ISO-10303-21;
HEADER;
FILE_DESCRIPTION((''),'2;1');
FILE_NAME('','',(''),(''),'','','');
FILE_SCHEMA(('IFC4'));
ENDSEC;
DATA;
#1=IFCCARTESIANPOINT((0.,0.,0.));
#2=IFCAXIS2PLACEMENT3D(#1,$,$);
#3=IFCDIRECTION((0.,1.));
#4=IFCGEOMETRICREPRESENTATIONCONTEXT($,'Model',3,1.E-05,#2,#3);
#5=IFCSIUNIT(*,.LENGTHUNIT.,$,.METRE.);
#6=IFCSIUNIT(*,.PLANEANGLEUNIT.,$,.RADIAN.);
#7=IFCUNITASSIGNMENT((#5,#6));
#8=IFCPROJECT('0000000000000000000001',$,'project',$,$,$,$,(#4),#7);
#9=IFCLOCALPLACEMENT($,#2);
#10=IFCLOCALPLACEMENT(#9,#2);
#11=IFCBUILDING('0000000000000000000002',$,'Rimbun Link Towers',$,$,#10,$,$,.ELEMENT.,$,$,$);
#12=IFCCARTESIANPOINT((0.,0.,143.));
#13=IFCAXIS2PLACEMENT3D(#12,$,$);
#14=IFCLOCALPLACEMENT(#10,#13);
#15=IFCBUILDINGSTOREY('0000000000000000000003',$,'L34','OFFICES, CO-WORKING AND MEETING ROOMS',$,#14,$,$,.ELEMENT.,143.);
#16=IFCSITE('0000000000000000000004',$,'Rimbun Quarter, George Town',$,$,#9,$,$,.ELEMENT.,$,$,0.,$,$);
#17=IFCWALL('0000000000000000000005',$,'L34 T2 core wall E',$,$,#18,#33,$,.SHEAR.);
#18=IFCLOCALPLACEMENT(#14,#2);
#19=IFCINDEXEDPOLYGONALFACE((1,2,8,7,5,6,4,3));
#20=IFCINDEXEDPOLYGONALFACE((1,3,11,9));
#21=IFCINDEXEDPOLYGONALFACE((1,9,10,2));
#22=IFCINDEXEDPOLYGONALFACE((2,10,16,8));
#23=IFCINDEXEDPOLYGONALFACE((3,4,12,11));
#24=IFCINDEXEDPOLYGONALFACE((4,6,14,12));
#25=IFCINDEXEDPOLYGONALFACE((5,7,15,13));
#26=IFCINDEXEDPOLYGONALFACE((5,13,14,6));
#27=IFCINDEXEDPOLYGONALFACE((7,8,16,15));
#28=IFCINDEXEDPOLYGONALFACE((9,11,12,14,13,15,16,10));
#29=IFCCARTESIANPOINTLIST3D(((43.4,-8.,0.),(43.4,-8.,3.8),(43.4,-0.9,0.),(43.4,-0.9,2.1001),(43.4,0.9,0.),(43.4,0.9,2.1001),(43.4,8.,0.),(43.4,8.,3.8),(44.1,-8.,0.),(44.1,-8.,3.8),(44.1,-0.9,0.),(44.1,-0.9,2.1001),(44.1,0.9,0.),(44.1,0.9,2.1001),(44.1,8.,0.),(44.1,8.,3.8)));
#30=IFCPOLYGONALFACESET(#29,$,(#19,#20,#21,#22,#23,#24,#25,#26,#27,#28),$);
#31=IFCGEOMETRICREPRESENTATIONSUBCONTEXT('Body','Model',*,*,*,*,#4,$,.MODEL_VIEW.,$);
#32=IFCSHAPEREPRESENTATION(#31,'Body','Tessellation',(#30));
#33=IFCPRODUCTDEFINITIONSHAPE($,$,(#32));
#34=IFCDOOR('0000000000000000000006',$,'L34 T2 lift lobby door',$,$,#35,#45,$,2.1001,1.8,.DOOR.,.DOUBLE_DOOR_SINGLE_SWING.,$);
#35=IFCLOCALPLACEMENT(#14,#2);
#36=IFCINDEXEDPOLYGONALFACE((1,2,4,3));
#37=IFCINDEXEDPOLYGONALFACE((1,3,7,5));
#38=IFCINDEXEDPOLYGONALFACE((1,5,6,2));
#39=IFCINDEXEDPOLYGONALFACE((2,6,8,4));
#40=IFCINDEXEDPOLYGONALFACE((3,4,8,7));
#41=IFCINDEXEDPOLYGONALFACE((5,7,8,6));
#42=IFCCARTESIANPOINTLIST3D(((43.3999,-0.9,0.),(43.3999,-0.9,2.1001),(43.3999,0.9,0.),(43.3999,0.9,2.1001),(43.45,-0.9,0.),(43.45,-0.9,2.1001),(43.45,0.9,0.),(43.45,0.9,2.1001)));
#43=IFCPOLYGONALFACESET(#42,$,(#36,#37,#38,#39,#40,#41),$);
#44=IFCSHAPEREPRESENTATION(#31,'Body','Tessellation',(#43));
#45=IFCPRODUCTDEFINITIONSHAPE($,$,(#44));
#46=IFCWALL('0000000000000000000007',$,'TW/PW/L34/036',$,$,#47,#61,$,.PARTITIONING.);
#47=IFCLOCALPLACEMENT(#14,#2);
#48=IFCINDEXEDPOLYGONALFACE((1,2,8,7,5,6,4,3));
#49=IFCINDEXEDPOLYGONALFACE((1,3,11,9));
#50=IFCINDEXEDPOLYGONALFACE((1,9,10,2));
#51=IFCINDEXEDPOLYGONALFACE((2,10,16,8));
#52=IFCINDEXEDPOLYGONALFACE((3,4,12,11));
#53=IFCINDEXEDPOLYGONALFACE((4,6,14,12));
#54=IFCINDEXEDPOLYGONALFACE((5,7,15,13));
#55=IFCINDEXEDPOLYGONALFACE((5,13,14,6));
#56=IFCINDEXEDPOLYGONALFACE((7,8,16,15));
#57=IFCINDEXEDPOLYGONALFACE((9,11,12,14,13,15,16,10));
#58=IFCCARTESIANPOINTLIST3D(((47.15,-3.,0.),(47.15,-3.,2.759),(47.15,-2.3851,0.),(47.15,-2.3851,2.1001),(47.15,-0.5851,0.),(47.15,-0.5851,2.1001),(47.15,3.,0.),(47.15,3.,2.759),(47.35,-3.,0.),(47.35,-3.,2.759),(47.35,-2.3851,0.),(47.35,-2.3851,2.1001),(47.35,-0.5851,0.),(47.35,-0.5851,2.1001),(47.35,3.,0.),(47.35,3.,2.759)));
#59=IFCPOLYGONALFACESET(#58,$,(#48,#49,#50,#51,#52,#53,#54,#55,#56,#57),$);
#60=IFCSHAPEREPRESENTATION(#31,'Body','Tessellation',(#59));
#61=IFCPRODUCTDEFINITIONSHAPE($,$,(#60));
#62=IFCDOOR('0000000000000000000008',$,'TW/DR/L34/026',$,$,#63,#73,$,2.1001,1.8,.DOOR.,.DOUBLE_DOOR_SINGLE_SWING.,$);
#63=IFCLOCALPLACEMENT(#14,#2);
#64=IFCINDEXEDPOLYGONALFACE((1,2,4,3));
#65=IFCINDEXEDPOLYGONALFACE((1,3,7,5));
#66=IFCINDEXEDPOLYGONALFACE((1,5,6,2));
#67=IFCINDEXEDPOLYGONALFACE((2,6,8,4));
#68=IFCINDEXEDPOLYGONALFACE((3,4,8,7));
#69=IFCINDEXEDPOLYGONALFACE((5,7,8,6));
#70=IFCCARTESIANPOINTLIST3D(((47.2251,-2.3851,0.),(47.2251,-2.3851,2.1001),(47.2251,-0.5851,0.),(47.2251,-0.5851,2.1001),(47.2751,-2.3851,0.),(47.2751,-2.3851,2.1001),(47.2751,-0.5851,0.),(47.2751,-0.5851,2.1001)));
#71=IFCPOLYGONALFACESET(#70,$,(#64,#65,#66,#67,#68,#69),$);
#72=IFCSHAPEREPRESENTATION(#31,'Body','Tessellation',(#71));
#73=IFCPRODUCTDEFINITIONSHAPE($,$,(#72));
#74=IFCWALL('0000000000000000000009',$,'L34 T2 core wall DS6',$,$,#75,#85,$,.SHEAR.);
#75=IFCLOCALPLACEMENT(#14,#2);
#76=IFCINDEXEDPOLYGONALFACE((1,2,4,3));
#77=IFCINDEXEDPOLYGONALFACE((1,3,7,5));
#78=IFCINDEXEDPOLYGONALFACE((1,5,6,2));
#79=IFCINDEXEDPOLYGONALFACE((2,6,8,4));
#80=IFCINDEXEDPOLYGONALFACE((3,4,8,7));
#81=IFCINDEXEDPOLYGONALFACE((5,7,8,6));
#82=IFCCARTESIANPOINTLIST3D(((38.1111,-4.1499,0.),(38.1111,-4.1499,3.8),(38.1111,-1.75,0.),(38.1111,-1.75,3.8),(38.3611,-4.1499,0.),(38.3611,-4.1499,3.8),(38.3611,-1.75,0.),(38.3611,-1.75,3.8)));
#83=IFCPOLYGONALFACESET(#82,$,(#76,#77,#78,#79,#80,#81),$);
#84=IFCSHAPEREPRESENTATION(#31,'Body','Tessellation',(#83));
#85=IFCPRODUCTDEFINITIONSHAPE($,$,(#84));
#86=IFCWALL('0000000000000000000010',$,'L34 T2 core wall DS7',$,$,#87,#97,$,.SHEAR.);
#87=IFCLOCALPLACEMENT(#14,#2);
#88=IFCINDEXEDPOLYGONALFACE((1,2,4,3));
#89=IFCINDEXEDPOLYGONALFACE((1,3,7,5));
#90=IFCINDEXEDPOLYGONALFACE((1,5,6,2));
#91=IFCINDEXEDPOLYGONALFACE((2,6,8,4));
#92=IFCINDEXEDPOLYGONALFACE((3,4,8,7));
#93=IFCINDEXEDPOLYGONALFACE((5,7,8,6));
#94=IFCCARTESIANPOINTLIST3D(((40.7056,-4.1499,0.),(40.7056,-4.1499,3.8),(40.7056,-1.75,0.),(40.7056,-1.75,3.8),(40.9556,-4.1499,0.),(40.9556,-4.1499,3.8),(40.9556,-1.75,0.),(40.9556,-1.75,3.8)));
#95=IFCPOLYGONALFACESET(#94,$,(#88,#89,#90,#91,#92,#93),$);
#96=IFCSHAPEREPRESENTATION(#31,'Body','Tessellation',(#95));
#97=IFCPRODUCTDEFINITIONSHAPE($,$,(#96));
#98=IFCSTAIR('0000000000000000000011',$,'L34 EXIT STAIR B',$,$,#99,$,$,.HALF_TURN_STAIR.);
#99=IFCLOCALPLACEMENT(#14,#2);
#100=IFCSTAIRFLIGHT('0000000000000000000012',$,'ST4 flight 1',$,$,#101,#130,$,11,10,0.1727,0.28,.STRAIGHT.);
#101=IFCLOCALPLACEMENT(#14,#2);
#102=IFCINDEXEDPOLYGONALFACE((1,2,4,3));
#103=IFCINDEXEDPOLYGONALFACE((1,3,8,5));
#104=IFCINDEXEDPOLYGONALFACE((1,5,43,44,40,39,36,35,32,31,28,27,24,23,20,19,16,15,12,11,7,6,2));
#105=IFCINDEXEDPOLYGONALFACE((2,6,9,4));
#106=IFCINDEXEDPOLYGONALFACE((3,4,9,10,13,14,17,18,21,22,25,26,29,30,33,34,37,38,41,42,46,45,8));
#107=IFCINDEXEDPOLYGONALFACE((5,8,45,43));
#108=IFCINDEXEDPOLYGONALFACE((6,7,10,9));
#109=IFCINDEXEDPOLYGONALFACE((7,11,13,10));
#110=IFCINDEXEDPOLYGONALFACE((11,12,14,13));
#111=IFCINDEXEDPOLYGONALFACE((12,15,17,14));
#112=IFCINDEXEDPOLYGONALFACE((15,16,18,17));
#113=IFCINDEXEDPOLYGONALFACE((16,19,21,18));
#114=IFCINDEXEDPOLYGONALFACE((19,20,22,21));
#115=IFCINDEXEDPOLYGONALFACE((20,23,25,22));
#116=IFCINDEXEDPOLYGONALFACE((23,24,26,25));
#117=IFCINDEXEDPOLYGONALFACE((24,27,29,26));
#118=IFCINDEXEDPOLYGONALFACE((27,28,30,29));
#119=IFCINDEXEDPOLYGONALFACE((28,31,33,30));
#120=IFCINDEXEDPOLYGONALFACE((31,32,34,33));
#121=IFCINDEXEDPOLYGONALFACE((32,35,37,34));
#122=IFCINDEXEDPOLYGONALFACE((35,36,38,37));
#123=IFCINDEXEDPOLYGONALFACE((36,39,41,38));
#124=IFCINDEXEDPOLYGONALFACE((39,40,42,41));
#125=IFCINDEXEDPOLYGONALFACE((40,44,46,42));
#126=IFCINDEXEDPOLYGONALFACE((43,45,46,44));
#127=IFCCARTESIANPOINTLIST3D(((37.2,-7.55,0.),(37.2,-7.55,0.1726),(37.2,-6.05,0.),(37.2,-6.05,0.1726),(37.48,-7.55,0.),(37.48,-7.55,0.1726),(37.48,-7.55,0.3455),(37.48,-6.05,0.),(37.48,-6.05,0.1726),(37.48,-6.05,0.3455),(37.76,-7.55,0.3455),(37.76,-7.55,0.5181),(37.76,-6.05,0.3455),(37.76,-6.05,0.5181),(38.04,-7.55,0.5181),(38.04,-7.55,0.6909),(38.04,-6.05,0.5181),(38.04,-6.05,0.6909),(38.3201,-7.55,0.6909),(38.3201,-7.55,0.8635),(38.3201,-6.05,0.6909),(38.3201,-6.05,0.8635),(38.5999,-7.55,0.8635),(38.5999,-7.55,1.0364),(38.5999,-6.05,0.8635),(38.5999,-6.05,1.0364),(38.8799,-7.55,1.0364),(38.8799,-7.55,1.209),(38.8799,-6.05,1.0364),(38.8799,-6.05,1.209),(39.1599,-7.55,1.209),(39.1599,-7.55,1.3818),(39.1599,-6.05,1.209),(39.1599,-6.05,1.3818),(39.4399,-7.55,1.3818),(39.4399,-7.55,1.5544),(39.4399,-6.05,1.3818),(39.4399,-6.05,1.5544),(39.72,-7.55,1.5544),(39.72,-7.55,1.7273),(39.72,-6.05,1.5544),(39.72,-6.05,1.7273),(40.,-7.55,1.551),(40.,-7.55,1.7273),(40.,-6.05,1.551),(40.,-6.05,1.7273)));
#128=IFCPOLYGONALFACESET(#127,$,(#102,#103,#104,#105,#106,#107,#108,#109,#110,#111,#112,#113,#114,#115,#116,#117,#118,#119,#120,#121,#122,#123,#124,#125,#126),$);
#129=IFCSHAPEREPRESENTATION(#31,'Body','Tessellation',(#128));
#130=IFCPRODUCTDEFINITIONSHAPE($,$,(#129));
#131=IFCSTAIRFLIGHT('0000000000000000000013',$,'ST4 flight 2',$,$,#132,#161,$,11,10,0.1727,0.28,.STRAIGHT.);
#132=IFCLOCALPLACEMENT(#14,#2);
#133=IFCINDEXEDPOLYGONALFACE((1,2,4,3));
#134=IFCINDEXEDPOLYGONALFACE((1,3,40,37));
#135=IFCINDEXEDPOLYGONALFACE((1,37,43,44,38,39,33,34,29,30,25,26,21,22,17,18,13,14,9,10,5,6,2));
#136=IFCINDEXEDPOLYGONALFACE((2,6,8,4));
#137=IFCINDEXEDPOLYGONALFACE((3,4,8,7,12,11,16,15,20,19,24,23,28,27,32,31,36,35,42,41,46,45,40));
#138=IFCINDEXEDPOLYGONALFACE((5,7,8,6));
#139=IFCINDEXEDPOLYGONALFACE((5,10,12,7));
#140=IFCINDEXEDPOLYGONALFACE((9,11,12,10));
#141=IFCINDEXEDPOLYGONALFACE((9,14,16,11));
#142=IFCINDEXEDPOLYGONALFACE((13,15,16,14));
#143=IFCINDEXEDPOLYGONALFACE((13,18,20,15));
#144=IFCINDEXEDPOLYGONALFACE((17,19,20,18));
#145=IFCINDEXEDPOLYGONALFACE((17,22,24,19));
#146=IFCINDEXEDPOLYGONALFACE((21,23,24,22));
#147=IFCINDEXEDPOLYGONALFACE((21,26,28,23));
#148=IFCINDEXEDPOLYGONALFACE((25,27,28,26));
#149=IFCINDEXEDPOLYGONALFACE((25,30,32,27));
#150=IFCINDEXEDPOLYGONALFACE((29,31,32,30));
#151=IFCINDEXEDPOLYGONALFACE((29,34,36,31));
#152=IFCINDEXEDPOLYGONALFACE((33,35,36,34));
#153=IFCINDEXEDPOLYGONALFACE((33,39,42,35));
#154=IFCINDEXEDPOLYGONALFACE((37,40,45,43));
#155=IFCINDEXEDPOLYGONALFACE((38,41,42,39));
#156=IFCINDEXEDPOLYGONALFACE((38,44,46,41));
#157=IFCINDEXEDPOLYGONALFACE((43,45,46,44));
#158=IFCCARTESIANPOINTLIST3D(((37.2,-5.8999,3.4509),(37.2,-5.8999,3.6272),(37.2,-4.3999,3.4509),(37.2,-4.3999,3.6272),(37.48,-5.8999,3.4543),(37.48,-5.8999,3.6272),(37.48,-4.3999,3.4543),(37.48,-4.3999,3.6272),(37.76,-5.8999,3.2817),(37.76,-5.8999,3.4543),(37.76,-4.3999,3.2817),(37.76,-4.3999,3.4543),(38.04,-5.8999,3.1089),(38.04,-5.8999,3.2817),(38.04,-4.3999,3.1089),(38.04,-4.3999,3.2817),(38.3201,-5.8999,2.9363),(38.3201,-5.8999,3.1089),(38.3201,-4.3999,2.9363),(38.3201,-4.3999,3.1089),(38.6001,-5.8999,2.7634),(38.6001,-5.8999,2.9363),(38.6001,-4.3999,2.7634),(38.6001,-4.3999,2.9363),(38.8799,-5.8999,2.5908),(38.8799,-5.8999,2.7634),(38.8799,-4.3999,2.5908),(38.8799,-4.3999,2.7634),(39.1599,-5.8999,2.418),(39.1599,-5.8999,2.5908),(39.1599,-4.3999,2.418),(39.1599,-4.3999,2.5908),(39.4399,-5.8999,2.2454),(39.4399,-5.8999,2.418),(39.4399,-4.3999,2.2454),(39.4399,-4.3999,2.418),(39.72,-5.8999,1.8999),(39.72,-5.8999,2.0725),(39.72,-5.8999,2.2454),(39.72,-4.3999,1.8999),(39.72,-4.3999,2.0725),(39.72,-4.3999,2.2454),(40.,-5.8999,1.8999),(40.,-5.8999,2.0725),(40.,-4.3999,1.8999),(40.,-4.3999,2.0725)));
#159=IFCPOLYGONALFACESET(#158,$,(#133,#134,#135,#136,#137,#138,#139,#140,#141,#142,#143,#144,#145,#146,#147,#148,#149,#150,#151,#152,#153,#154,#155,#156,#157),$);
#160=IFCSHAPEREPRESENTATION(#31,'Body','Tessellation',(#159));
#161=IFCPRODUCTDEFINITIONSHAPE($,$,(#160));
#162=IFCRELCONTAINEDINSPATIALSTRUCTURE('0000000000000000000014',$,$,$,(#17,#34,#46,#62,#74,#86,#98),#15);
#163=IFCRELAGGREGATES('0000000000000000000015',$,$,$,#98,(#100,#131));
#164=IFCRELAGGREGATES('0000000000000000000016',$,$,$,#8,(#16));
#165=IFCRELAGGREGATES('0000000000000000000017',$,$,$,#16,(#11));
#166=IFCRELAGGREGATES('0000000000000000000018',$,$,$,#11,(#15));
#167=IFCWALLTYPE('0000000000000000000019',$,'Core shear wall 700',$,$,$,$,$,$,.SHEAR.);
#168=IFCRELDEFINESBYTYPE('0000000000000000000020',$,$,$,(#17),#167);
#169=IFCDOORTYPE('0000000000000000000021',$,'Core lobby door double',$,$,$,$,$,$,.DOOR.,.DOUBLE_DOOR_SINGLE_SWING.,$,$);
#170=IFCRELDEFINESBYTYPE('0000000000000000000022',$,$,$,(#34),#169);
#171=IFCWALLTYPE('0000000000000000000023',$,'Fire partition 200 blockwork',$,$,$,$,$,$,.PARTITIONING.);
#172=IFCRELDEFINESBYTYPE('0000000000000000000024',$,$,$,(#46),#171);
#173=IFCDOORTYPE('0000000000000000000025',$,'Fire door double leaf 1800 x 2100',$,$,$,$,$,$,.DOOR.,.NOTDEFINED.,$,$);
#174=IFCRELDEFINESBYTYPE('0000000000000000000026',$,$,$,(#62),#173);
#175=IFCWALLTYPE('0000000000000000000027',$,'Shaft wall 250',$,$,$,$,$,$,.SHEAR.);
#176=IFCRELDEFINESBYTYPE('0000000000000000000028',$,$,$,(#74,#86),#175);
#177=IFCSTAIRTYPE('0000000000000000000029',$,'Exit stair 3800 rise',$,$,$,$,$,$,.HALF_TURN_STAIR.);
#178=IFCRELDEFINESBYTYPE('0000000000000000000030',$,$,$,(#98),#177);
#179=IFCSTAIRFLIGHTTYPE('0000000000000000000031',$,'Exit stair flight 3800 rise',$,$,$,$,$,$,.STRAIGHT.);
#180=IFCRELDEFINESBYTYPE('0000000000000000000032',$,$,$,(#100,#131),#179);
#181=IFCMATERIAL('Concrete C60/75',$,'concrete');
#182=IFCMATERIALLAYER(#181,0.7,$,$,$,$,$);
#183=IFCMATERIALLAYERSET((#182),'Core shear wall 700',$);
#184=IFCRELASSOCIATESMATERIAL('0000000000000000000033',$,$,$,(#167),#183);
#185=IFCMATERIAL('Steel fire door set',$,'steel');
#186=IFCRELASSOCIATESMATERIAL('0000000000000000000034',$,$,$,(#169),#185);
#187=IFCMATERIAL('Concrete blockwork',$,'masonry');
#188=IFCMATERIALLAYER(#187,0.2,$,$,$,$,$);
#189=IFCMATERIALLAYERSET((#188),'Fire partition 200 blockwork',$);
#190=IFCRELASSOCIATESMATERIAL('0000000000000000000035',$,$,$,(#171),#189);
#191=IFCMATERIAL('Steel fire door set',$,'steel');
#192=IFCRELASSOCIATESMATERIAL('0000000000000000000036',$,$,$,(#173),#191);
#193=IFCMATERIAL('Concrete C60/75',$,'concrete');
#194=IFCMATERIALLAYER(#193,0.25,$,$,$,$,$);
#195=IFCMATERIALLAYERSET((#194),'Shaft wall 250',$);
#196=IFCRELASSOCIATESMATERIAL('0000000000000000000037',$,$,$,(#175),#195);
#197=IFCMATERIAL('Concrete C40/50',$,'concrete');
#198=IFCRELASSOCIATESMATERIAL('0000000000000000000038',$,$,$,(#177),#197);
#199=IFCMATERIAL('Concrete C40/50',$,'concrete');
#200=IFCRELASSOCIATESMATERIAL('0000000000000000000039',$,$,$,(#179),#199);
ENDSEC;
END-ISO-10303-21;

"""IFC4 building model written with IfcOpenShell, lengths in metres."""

from ifc_helpers import new_model, si_unit, direction, frame, frame_2d, origin, place, context, subcontext, project, spatial, polyline, rectangle, outline, extrude, material, layer, layer_set, type_object, element, fill, aggregate, save


model = new_model("IFC4")

# Units and contexts
model_context = context("Model", 3, precision=1e-05, world=origin(), true_north=direction((0.0, 1.0)))
body_context = subcontext(model_context, "Body", "Model", "MODEL_VIEW")
ifc_project = project(units=[si_unit("LENGTHUNIT", "METRE"), si_unit("PLANEANGLEUNIT", "RADIAN")], contexts=[model_context])

# Site, building, storey
site_placement = place(None, origin())
site = spatial("IfcSite", under=ifc_project, at=site_placement, Name="Rimbun Quarter, George Town", CompositionType="ELEMENT", RefElevation=0.0)
building_placement = place(site_placement, origin())
building = spatial("IfcBuilding", under=site, at=building_placement, Name="Rimbun Link Towers", CompositionType="ELEMENT")
storey_placement = place(building_placement, frame((0.0, 0.0, 143.0)))
storey = spatial("IfcBuildingStorey", under=building, at=storey_placement, Name="L34", Description="OFFICES, CO-WORKING AND MEETING ROOMS", CompositionType="ELEMENT", Elevation=143.0)

# Walls, openings, doors
ifc_material_1 = material(Name="Concrete C60/75", Category="concrete")
ifc_layer_1 = layer(ifc_material_1, 0.7)
ifc_layer_set_1 = layer_set([ifc_layer_1], Name="Core shear wall 700")
wall_type_1 = type_object("IfcWallType", Name="Core shear wall 700", PredefinedType="SHEAR", material=ifc_layer_set_1)
wall_1_placement = place(storey_placement, frame((43.75, -8.0, 0.0), z_axis=(0.0, 0.0, 1.0), x_axis=(0.0, 1.0, 0.0)))
wall_1 = element("IfcWall", 1, at=wall_1_placement, inside=storey, type_object=wall_type_1, Name="L34 T2 core wall E", PredefinedType="SHEAR", context=body_context, shape_type="SweptSolid", body=[
    extrude(rectangle(XDim=16.0, YDim=0.7, at=frame_2d((8.0, 0.0))), origin(), (0.0, 0.0, 1.0), 3.8),
])
opening_1_placement = place(wall_1_placement, frame((7.1001, 0.0, 0.0)))
opening_1 = element("IfcOpeningElement", 2, at=opening_1_placement, cuts=wall_1, PredefinedType="OPENING", context=body_context, shape_type="SweptSolid", body=[
    extrude(rectangle(XDim=1.8, YDim=2.1001, at=frame_2d((0.8999, 1.05))), frame((0.0, 0.3599, 0.0), z_axis=(0.0, -1.0, 0.0), x_axis=(1.0, 0.0, 0.0)), (0.0, 0.0, 1.0), 0.72),
])
ifc_material_2 = material(Name="Steel fire door set", Category="steel")
door_type_1 = type_object("IfcDoorType", Name="Core lobby door double", OperationType="DOUBLE_DOOR_SINGLE_SWING", PredefinedType="DOOR", material=ifc_material_2)
door_1_placement = place(opening_1_placement, origin())
door_1 = element("IfcDoor", 3, at=door_1_placement, inside=storey, type_object=door_type_1, Name="L34 T2 lift lobby door", OperationType="DOUBLE_DOOR_SINGLE_SWING", OverallHeight=2.1001, OverallWidth=1.8, PredefinedType="DOOR", context=body_context, shape_type="SweptSolid", body=[
    extrude(rectangle(XDim=1.8, YDim=2.1001, at=frame_2d((0.8999, 1.05))), frame((0.0, 0.3501, 0.0), z_axis=(0.0, -1.0, 0.0), x_axis=(1.0, 0.0, 0.0)), (0.0, 0.0, 1.0), 0.05),
])
fill(opening_1, door_1)
ifc_material_3 = material(Name="Concrete blockwork", Category="masonry")
ifc_layer_2 = layer(ifc_material_3, 0.2)
ifc_layer_set_2 = layer_set([ifc_layer_2], Name="Fire partition 200 blockwork")
wall_type_2 = type_object("IfcWallType", Name="Fire partition 200 blockwork", PredefinedType="PARTITIONING", material=ifc_layer_set_2)
wall_2_placement = place(storey_placement, frame((47.25, -3.0, 0.0), z_axis=(0.0, 0.0, 1.0), x_axis=(0.0, 1.0, 0.0)))
wall_2 = element("IfcWall", 4, at=wall_2_placement, inside=storey, type_object=wall_type_2, Name="TW/PW/L34/036", PredefinedType="PARTITIONING", context=body_context, shape_type="SweptSolid", body=[
    extrude(rectangle(XDim=6.0, YDim=0.2, at=frame_2d((3.0, 0.0))), origin(), (0.0, 0.0, 1.0), 2.759),
])
opening_2_placement = place(wall_2_placement, frame((0.615, 0.0, 0.0)))
opening_2 = element("IfcOpeningElement", 5, at=opening_2_placement, cuts=wall_2, PredefinedType="OPENING", context=body_context, shape_type="SweptSolid", body=[
    extrude(rectangle(XDim=1.8, YDim=2.1001, at=frame_2d((0.8999, 1.05))), frame((0.0, 0.1099, 0.0), z_axis=(0.0, -1.0, 0.0), x_axis=(1.0, 0.0, 0.0)), (0.0, 0.0, 1.0), 0.22),
])
ifc_material_4 = material(Name="Steel fire door set", Category="steel")
door_type_2 = type_object("IfcDoorType", Name="Fire door double leaf 1800 x 2100", OperationType="NOTDEFINED", PredefinedType="DOOR", material=ifc_material_4)
door_2_placement = place(opening_2_placement, origin())
door_2 = element("IfcDoor", 6, at=door_2_placement, inside=storey, type_object=door_type_2, Name="TW/DR/L34/026", OperationType="DOUBLE_DOOR_SINGLE_SWING", OverallHeight=2.1001, OverallWidth=1.8, PredefinedType="DOOR", context=body_context, shape_type="SweptSolid", body=[
    extrude(rectangle(XDim=1.8, YDim=2.1001, at=frame_2d((0.8999, 1.05))), frame((0.0, 0.0249, 0.0), z_axis=(0.0, -1.0, 0.0), x_axis=(1.0, 0.0, 0.0)), (0.0, 0.0, 1.0), 0.05),
])
fill(opening_2, door_2)

# Walls
ifc_material_5 = material(Name="Concrete C60/75", Category="concrete")
ifc_layer_3 = layer(ifc_material_5, 0.25)
ifc_layer_set_3 = layer_set([ifc_layer_3], Name="Shaft wall 250")
wall_type_3 = type_object("IfcWallType", Name="Shaft wall 250", PredefinedType="SHEAR", material=ifc_layer_set_3)
for number, where, z_axis, x_axis, name in (
    (7, (38.2361, -4.1499, 0.0), (0.0, 0.0, 1.0), (0.0, 1.0, 0.0), "L34 T2 core wall DS6"),
    (8, (40.8306, -4.1499, 0.0), (0.0, 0.0, 1.0), (0.0, 1.0, 0.0), "L34 T2 core wall DS7"),
):
    element("IfcWall", number, at=place(storey_placement, frame(where, z_axis=z_axis, x_axis=x_axis)), inside=storey, type_object=wall_type_3, Name=name, PredefinedType="SHEAR", context=body_context, shape_type="SweptSolid", body=[
        extrude(rectangle(XDim=2.3999, YDim=0.25, at=frame_2d((1.2, 0.0))), origin(), (0.0, 0.0, 1.0), 3.8),
    ])

# Stair, stair flights
ifc_material_6 = material(Name="Concrete C40/50", Category="concrete")
stair_type = type_object("IfcStairType", Name="Exit stair 3800 rise", PredefinedType="HALF_TURN_STAIR", material=ifc_material_6)
stair_placement = place(storey_placement, origin())
stair = element("IfcStair", 9, at=stair_placement, inside=storey, type_object=stair_type, Name="L34 EXIT STAIR B", PredefinedType="HALF_TURN_STAIR")
ifc_material_7 = material(Name="Concrete C40/50", Category="concrete")
stair_flight_type = type_object("IfcStairFlightType", Name="Exit stair flight 3800 rise", PredefinedType="STRAIGHT", material=ifc_material_7)
stair_flight_1_placement = place(storey_placement, frame((37.2, -6.8, 0.0), z_axis=(0.0, 0.0, 1.0), x_axis=(1.0, 0.0, 0.0)))
stair_flight_1 = element("IfcStairFlight", 10, at=stair_flight_1_placement, type_object=stair_flight_type, Name="ST4 flight 1", NumberOfRisers=11, NumberOfTreads=10, PredefinedType="STRAIGHT", RiserHeight=0.1727, TreadLength=0.28, context=body_context, shape_type="SweptSolid", body=[
    extrude(outline(polyline([(0.0, 0.0), (0.0, 0.1726), (0.28, 0.1726), (0.28, 0.3455), (0.5601, 0.3455), (0.5601, 0.5181), (0.8401, 0.5181), (0.8401, 0.6909), (1.1201, 0.6909), (1.1201, 0.8635), (1.3999, 0.8635), (1.3999, 1.0364), (1.6799, 1.0364), (1.6799, 1.209), (1.96, 1.209), (1.96, 1.3818), (2.24, 1.3818), (2.24, 1.5544), (2.52, 1.5544), (2.52, 1.7273), (2.8, 1.7273), (2.8, 1.8999), (2.8, 1.551), (0.28, 0.0), (0.0, 0.0)])), frame((0.0, 0.75, 0.0), z_axis=(0.0, -1.0, 0.0), x_axis=(1.0, 0.0, 0.0)), (0.0, 0.0, 1.0), 1.5),
])
stair_flight_2_placement = place(storey_placement, frame((40.0, -5.1499, 1.8999), z_axis=(0.0, 0.0, 1.0), x_axis=(-1.0, 0.0, 0.0)))
stair_flight_2 = element("IfcStairFlight", 11, at=stair_flight_2_placement, type_object=stair_flight_type, Name="ST4 flight 2", NumberOfRisers=11, NumberOfTreads=10, PredefinedType="STRAIGHT", RiserHeight=0.1727, TreadLength=0.28, context=body_context, shape_type="SweptSolid", body=[
    extrude(outline(polyline([(0.0, 0.0), (0.0, 0.1726), (0.28, 0.1726), (0.28, 0.3455), (0.5601, 0.3455), (0.5601, 0.5181), (0.8401, 0.5181), (0.8401, 0.6909), (1.1201, 0.6909), (1.1201, 0.8635), (1.3999, 0.8635), (1.3999, 1.0364), (1.6799, 1.0364), (1.6799, 1.209), (1.96, 1.209), (1.96, 1.3818), (2.24, 1.3818), (2.24, 1.5544), (2.52, 1.5544), (2.52, 1.7273), (2.8, 1.7273), (2.8, 1.8999), (2.8, 1.551), (0.28, 0.0), (0.0, 0.0)])), frame((0.0, 0.75, 0.0), z_axis=(0.0, -1.0, 0.0), x_axis=(1.0, 0.0, 0.0)), (0.0, 0.0, 1.0), 1.5),
])
aggregate(stair, [stair_flight_1, stair_flight_2])

save(model, "model.ifc")
